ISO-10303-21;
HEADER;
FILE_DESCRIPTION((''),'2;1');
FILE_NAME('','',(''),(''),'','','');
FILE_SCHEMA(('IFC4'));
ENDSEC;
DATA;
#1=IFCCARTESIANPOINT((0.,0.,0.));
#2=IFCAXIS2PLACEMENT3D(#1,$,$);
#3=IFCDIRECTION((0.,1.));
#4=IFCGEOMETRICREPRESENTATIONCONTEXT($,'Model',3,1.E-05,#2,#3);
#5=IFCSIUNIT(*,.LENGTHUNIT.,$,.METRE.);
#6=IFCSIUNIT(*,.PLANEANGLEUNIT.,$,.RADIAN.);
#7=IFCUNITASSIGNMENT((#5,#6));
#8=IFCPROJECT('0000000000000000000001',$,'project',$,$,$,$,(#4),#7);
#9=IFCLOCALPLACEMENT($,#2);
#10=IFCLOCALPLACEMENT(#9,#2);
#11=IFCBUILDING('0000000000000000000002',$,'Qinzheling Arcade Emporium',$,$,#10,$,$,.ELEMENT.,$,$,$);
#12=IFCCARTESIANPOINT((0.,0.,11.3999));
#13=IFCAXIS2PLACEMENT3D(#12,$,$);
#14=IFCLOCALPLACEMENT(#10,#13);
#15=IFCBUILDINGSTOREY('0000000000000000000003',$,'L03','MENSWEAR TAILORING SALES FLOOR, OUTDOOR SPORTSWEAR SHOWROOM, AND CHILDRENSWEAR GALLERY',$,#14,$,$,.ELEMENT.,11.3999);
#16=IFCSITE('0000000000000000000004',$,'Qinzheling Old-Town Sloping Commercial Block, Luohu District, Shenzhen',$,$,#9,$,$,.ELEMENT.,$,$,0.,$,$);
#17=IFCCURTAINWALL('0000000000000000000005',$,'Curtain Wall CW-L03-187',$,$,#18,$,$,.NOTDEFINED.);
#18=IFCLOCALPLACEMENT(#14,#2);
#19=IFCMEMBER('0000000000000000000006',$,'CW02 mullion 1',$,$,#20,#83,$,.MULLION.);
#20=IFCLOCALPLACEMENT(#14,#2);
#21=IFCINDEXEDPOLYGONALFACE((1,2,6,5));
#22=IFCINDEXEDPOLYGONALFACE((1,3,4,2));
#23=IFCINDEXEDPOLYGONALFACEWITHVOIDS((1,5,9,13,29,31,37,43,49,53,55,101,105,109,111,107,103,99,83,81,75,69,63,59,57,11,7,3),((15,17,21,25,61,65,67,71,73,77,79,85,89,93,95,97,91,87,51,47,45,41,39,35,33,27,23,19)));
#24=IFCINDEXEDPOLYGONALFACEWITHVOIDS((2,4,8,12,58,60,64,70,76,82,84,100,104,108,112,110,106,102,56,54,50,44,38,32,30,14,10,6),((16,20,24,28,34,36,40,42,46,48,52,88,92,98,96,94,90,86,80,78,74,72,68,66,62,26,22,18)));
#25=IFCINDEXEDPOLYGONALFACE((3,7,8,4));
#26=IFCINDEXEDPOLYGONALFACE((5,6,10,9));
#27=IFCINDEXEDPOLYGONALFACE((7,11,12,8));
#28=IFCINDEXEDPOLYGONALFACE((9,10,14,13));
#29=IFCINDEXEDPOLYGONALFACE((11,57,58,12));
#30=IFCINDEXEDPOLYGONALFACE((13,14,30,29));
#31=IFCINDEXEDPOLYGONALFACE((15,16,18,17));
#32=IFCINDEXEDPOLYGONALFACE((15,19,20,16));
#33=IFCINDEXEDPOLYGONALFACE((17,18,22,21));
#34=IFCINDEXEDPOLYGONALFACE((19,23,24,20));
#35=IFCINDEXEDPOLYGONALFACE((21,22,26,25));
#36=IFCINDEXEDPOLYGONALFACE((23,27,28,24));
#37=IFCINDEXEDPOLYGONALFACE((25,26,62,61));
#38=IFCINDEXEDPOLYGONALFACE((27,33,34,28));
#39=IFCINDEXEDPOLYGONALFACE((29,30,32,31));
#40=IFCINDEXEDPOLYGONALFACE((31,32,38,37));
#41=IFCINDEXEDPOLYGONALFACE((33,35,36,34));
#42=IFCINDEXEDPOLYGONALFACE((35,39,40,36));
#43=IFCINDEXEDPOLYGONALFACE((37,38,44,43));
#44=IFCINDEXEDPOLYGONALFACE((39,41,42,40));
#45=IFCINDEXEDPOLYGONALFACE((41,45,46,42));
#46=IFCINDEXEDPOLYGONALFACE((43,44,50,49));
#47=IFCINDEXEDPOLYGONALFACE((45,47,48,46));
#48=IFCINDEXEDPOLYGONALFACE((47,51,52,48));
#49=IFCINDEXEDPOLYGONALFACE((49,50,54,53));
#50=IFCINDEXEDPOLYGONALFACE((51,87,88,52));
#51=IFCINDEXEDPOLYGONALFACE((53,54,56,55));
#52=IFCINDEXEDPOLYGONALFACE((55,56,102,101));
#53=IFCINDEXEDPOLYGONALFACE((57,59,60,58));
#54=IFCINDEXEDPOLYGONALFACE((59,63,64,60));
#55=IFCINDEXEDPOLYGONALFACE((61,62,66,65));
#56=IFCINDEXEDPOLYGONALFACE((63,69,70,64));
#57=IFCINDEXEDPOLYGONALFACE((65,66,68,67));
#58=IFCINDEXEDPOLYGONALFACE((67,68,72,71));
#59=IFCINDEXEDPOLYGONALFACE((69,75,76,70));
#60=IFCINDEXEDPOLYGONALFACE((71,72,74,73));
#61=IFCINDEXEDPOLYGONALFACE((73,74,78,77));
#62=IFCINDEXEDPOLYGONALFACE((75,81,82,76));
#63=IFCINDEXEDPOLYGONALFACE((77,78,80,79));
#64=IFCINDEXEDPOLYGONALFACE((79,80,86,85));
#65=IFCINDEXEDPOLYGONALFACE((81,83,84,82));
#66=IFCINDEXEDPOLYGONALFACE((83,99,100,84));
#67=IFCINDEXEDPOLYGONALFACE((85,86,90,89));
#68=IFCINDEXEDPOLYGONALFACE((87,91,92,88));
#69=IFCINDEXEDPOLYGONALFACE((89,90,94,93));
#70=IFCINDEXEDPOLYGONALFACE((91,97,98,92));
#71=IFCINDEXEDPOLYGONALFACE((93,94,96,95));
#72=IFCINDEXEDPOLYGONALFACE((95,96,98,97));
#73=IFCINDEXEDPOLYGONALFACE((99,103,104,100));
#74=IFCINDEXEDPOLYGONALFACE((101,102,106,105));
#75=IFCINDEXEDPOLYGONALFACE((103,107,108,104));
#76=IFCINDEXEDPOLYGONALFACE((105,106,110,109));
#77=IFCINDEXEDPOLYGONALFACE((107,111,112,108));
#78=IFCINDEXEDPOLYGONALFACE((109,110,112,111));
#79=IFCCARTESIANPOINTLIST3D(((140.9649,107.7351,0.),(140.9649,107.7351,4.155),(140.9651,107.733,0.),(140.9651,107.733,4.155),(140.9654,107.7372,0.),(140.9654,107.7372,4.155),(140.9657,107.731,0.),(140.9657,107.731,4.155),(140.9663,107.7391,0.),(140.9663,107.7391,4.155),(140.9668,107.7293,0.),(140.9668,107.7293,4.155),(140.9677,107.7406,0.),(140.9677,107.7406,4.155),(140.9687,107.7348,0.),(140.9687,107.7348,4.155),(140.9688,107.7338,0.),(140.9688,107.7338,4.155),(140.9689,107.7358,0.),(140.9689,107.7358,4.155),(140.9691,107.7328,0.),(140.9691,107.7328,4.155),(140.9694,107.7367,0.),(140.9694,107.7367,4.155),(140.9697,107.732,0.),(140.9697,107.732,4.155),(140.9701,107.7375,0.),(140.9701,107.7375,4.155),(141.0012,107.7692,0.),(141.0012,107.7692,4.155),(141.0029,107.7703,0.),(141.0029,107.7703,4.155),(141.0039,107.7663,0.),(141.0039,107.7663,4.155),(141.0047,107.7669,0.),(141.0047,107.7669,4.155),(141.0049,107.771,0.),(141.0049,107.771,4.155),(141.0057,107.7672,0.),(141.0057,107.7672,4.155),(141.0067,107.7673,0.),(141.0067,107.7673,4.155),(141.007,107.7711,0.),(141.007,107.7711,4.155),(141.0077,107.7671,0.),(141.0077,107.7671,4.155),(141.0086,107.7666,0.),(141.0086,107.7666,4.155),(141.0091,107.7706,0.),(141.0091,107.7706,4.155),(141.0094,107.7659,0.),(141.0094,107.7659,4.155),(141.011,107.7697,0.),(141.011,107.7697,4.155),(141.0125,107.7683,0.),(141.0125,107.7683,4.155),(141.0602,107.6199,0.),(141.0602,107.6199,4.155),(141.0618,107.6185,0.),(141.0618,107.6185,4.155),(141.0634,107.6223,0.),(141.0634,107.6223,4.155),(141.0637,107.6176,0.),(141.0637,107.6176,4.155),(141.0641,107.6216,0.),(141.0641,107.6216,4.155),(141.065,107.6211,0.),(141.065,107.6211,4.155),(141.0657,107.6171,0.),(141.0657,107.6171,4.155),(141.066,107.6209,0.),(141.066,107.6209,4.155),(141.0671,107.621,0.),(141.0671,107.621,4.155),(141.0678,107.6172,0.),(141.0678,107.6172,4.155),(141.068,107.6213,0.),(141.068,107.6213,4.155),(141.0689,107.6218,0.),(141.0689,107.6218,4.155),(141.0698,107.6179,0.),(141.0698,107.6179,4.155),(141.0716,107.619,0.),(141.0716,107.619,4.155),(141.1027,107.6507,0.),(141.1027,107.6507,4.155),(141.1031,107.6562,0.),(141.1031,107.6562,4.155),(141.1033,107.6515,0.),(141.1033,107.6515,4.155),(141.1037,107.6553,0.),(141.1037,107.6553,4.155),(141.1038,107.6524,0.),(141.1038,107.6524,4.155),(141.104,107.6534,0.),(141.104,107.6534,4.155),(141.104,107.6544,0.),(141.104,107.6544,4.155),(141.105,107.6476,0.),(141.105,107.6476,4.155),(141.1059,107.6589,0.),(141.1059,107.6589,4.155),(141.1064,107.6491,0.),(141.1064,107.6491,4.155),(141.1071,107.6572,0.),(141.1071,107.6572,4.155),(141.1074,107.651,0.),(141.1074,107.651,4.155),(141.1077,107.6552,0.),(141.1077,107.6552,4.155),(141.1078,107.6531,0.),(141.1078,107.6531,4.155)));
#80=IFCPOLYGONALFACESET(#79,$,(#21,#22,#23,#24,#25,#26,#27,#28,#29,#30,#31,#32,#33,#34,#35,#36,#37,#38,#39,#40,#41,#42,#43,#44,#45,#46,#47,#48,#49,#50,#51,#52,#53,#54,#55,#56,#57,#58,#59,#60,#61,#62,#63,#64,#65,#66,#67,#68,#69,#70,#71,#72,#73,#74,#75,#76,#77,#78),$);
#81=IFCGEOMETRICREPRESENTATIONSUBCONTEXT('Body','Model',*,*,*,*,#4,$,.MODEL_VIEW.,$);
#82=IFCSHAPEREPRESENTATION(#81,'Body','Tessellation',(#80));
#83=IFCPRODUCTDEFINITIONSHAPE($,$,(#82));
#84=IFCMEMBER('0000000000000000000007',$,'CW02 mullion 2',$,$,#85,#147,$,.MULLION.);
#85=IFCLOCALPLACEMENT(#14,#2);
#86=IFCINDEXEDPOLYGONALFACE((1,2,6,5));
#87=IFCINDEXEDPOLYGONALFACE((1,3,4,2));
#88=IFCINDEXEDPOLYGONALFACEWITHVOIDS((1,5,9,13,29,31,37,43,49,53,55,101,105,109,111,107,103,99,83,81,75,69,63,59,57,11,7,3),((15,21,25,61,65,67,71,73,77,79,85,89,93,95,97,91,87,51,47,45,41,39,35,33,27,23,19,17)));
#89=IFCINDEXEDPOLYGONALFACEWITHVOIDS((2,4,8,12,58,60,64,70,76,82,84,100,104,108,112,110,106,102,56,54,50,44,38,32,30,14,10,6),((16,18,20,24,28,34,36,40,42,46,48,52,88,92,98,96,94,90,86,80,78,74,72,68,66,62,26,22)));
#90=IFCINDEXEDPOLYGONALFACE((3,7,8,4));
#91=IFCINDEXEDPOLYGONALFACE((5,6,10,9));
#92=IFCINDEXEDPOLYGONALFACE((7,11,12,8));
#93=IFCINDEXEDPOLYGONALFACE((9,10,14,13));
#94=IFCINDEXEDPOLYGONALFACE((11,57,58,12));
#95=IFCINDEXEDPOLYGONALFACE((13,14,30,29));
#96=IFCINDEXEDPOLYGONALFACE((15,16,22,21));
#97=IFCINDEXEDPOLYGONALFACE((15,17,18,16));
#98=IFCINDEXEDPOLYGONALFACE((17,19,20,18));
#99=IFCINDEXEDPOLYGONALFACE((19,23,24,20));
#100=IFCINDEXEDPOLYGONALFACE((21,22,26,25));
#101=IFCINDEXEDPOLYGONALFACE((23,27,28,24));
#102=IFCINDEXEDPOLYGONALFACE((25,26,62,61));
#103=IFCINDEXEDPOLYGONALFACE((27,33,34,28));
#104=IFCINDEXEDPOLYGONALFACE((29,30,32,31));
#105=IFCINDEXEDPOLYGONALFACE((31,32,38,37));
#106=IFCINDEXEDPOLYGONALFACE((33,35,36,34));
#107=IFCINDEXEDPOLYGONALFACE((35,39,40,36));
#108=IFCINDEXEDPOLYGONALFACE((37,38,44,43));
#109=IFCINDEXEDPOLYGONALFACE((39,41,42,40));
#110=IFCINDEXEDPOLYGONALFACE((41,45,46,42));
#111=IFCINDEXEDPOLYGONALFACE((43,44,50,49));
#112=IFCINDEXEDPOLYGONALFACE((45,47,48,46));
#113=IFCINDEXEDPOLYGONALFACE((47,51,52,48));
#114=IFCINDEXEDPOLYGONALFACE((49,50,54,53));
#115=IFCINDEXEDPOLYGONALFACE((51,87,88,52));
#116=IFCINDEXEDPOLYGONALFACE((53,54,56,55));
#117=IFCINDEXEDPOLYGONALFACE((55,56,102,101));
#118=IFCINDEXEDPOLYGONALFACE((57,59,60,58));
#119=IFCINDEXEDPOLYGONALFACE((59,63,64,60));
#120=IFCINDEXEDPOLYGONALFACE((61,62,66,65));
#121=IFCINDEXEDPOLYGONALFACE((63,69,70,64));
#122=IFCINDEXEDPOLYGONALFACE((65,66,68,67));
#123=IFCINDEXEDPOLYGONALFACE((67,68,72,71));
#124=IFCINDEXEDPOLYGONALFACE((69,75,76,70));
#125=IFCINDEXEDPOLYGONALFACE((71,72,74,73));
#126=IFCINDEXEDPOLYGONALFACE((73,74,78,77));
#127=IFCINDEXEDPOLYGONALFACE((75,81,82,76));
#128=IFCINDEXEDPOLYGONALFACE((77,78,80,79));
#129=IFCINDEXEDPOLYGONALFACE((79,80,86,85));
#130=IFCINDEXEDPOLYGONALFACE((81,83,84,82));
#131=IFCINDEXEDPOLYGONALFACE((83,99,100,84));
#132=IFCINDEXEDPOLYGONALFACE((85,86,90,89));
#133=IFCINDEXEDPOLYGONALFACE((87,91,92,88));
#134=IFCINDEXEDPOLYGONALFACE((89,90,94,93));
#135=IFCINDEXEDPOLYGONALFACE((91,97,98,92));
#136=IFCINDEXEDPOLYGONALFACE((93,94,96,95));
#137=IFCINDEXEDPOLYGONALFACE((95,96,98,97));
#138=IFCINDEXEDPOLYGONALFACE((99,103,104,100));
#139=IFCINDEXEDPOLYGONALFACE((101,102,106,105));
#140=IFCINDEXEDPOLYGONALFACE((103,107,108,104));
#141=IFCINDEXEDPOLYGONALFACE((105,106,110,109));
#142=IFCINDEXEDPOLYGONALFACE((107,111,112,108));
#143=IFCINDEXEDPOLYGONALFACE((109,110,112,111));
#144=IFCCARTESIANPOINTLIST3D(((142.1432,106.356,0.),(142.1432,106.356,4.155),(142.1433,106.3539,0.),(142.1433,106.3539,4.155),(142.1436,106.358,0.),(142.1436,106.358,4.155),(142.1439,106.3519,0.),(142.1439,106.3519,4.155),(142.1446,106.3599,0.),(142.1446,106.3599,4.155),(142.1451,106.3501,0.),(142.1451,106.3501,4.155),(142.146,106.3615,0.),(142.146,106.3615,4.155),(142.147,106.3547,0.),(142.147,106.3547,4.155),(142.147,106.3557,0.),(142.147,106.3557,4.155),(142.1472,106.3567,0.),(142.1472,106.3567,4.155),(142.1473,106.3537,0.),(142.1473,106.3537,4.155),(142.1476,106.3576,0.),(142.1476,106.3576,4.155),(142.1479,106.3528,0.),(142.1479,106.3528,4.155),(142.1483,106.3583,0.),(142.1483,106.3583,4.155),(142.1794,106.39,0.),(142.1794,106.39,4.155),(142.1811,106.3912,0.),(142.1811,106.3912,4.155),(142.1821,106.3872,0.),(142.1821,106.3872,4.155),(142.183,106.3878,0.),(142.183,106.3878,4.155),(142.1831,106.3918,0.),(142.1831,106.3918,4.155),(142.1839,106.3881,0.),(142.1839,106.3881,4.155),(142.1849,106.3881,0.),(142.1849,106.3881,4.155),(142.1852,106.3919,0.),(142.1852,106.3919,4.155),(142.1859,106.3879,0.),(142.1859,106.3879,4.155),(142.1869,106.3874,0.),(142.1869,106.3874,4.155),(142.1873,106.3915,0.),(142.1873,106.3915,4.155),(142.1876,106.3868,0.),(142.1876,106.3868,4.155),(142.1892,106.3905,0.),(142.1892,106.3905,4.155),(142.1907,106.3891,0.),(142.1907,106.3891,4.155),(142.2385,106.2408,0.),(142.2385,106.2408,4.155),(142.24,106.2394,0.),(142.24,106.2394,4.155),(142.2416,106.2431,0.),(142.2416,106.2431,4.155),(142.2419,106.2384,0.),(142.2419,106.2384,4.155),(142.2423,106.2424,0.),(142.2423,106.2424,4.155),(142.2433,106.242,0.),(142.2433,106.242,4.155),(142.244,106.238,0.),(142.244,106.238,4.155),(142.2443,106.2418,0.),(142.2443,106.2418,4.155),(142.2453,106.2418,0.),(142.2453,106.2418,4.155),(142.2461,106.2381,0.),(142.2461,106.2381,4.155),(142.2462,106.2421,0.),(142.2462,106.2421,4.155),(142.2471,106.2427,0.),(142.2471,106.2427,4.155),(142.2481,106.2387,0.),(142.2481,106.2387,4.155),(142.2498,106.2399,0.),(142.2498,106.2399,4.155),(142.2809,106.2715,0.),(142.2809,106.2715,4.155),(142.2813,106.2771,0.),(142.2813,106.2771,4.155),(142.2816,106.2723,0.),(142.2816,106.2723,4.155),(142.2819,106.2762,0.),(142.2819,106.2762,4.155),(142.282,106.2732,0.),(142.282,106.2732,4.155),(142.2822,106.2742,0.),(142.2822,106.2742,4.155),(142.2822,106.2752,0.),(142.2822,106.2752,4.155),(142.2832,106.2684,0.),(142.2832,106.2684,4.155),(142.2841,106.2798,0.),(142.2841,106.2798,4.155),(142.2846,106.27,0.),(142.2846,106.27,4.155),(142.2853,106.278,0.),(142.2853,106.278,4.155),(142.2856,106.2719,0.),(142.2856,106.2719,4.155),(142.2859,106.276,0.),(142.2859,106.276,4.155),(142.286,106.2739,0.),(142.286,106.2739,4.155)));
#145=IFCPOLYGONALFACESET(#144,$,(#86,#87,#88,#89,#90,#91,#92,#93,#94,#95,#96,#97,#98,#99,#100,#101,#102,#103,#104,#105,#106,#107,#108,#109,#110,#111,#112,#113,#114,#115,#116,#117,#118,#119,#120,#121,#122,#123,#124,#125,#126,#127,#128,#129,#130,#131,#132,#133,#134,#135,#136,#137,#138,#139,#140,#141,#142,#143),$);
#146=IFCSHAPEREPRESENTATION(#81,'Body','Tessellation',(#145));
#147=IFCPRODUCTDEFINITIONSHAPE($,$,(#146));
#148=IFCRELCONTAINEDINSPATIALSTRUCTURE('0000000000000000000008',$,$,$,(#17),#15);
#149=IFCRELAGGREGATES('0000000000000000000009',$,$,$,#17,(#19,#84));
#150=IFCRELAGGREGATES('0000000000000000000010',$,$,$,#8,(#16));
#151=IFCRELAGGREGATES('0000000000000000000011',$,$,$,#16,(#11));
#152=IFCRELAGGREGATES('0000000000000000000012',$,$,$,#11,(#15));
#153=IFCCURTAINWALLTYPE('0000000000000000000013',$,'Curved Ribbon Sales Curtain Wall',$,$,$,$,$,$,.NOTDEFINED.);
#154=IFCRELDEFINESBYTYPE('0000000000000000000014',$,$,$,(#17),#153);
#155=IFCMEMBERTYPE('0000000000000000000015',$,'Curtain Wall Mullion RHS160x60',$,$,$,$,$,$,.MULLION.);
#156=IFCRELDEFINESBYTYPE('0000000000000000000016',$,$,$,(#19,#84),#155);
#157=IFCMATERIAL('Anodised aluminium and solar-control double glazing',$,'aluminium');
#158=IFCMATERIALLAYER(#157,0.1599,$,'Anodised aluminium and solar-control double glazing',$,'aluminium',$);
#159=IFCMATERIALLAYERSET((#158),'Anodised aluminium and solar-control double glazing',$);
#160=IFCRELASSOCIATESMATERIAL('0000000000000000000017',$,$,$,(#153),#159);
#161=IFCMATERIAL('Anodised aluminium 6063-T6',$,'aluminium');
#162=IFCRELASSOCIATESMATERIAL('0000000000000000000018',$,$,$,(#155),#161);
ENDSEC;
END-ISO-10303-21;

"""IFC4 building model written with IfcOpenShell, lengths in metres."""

from ifc_helpers import new_model, si_unit, direction, frame, origin, origin_2d, place, context, subcontext, project, spatial, hollow_rectangle, extrude, material, layer, layer_set, material_profile, profile_set, type_object, element, aggregate, save


model = new_model("IFC4")

# Units and contexts
model_context = context("Model", 3, precision=1e-05, world=origin(), true_north=direction((0.0, 1.0)))
body_context = subcontext(model_context, "Body", "Model", "MODEL_VIEW")
ifc_project = project(units=[si_unit("LENGTHUNIT", "METRE"), si_unit("PLANEANGLEUNIT", "RADIAN")], contexts=[model_context])

# Site, building, storey
site_placement = place(None, origin())
site = spatial("IfcSite", under=ifc_project, at=site_placement, Name="Qinzheling Old-Town Sloping Commercial Block, Luohu District, Shenzhen", CompositionType="ELEMENT", RefElevation=0.0)
building_placement = place(site_placement, origin())
building = spatial("IfcBuilding", under=site, at=building_placement, Name="Qinzheling Arcade Emporium", CompositionType="ELEMENT")
storey_placement = place(building_placement, frame((0.0, 0.0, 11.3999)))
storey = spatial("IfcBuildingStorey", under=building, at=storey_placement, Name="L03", Description="MENSWEAR TAILORING SALES FLOOR, OUTDOOR SPORTSWEAR SHOWROOM, AND CHILDRENSWEAR GALLERY", CompositionType="ELEMENT", Elevation=11.3999)

# Curtain wall, members
ifc_material_1 = material(Name="Anodised aluminium and solar-control double glazing", Category="aluminium")
ifc_layer_1 = layer(ifc_material_1, 0.1599, Name="Anodised aluminium and solar-control double glazing", Category="aluminium")
ifc_layer_set_1 = layer_set([ifc_layer_1], Name="Anodised aluminium and solar-control double glazing")
curtain_wall_type = type_object("IfcCurtainWallType", Name="Curved Ribbon Sales Curtain Wall", PredefinedType="NOTDEFINED", material=ifc_layer_set_1)
ifc_material_2 = material(Name="Anodised aluminium 6063-T6", Category="aluminium")
ifc_material_profile_1 = material_profile(ifc_material_2, hollow_rectangle(XDim=0.0601, YDim=0.1599, WallThickness=0.0039, InnerFilletRadius=0.0039, OuterFilletRadius=0.0081, at=origin_2d()), Name="RHS 160x60x4", Category="aluminium")
ifc_profile_set_1 = profile_set([ifc_material_profile_1], Name="Anodised aluminium 6063-T6")
member_type_1 = type_object("IfcMemberType", Name="Curtain Wall Mullion RHS160x60", PredefinedType="MULLION", material=ifc_profile_set_1)
curtain_wall_1_placement = place(storey_placement, origin())
curtain_wall_1 = element("IfcCurtainWall", 1, at=curtain_wall_1_placement, inside=storey, type_object=curtain_wall_type, Name="Curtain Wall CW-L03-187", PredefinedType="NOTDEFINED")
member_1_placement = place(storey_placement, frame((141.0364, 107.6941, 0.0), z_axis=(0.0, 0.0, 1.0), x_axis=(0.760385, 0.649473, 0.0)))
member_1 = element("IfcMember", 2, at=member_1_placement, type_object=member_type_1, Name="CW02 mullion 1", PredefinedType="MULLION", context=body_context, shape_type="SweptSolid", body=[
    extrude(hollow_rectangle(XDim=0.0601, YDim=0.1599, WallThickness=0.0039, InnerFilletRadius=0.0039, OuterFilletRadius=0.0081, at=origin_2d()), origin(), (0.0, 0.0, 1.0), 4.155),
])
member_2_placement = place(storey_placement, frame((142.2146, 106.3149, 0.0), z_axis=(0.0, 0.0, 1.0), x_axis=(0.760385, 0.649473, 0.0)))
member_2 = element("IfcMember", 3, at=member_2_placement, type_object=member_type_1, Name="CW02 mullion 2", PredefinedType="MULLION", context=body_context, shape_type="SweptSolid", body=[
    extrude(hollow_rectangle(XDim=0.0601, YDim=0.1599, WallThickness=0.0039, InnerFilletRadius=0.0039, OuterFilletRadius=0.0081, at=origin_2d()), origin(), (0.0, 0.0, 1.0), 4.155),
])

aggregate(curtain_wall_1, [member_1, member_2])

save(model, "model.ifc")
